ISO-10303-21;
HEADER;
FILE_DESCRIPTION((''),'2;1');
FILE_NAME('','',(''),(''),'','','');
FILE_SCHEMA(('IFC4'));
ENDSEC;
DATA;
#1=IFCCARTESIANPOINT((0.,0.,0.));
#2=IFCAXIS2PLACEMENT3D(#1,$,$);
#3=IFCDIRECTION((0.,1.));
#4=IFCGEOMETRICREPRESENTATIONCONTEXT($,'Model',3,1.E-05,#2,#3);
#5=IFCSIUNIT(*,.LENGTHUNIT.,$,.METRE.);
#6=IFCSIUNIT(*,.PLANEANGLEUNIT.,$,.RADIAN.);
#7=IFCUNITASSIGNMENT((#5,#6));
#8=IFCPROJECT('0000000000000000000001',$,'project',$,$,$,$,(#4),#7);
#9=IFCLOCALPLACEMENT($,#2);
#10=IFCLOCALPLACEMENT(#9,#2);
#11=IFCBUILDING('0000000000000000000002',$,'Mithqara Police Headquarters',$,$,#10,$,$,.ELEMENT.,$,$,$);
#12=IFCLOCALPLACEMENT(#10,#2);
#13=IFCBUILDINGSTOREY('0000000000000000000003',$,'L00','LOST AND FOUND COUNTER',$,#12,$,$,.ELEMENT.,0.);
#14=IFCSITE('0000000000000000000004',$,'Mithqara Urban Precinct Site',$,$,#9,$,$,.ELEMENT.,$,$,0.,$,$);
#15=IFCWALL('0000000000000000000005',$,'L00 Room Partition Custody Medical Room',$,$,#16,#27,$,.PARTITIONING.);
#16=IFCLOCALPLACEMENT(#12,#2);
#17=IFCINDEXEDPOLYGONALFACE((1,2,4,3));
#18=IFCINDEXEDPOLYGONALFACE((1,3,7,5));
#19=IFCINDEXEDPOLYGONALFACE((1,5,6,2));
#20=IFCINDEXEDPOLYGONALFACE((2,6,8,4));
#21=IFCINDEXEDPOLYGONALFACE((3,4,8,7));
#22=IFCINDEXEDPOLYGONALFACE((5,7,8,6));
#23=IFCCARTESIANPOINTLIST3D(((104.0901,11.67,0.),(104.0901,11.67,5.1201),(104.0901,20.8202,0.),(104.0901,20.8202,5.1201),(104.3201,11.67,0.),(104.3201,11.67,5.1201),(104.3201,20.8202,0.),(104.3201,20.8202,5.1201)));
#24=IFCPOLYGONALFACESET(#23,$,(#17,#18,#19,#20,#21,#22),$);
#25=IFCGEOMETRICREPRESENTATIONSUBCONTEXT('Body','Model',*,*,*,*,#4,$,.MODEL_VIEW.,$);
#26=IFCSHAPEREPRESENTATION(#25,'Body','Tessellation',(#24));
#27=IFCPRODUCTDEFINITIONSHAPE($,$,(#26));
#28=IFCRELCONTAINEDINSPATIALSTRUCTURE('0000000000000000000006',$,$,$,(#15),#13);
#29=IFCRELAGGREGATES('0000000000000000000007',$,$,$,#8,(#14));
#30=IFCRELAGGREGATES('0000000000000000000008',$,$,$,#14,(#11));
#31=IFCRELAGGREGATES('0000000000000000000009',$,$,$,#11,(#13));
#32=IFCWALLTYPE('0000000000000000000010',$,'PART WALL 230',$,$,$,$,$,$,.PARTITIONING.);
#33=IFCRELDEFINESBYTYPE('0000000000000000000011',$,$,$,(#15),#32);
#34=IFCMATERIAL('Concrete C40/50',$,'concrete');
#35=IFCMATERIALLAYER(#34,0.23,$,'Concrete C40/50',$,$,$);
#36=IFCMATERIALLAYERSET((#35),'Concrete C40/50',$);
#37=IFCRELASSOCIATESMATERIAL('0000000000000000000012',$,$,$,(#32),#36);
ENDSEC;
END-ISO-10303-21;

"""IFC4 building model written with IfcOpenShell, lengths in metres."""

from ifc_helpers import new_model, si_unit, direction, frame, frame_2d, origin, place, context, subcontext, project, spatial, rectangle, extrude, material, layer, layer_set, type_object, element, save


model = new_model("IFC4")

# Units and contexts
model_context = context("Model", 3, precision=1e-05, world=origin(), true_north=direction((0.0, 1.0)))
body_context = subcontext(model_context, "Body", "Model", "MODEL_VIEW")
ifc_project = project(units=[si_unit("LENGTHUNIT", "METRE"), si_unit("PLANEANGLEUNIT", "RADIAN")], contexts=[model_context])

# Site, building, storey
site_placement = place(None, origin())
site = spatial("IfcSite", under=ifc_project, at=site_placement, Name="Mithqara Urban Precinct Site", CompositionType="ELEMENT", RefElevation=0.0)
building_placement = place(site_placement, origin())
building = spatial("IfcBuilding", under=site, at=building_placement, Name="Mithqara Police Headquarters", CompositionType="ELEMENT")
storey_placement = place(building_placement, origin())
storey = spatial("IfcBuildingStorey", under=building, at=storey_placement, Name="L00", Description="LOST AND FOUND COUNTER", CompositionType="ELEMENT", Elevation=0.0)

# Shared definitions
ifc_material_1 = material(Name="Concrete C40/50", Category="concrete")

# Wall
ifc_layer_1 = layer(ifc_material_1, 0.23, Name="Concrete C40/50")
ifc_layer_set_1 = layer_set([ifc_layer_1], Name="Concrete C40/50")
wall_type_1 = type_object("IfcWallType", Name="PART WALL 230", PredefinedType="PARTITIONING", material=ifc_layer_set_1)
wall_1_placement = place(storey_placement, frame((104.2051, 11.6699, 0.0), z_axis=(0.0, 0.0, 1.0), x_axis=(0.0, 1.0, 0.0)))
element("IfcWall", 1, at=wall_1_placement, inside=storey, type_object=wall_type_1, Name="L00 Room Partition Custody Medical Room", PredefinedType="PARTITIONING", context=body_context, shape_type="SweptSolid", body=[
    extrude(rectangle(XDim=9.1501, YDim=0.23, at=frame_2d((4.5752, 0.0))), origin(), (0.0, 0.0, 1.0), 5.1201),
])

save(model, "model.ifc")
